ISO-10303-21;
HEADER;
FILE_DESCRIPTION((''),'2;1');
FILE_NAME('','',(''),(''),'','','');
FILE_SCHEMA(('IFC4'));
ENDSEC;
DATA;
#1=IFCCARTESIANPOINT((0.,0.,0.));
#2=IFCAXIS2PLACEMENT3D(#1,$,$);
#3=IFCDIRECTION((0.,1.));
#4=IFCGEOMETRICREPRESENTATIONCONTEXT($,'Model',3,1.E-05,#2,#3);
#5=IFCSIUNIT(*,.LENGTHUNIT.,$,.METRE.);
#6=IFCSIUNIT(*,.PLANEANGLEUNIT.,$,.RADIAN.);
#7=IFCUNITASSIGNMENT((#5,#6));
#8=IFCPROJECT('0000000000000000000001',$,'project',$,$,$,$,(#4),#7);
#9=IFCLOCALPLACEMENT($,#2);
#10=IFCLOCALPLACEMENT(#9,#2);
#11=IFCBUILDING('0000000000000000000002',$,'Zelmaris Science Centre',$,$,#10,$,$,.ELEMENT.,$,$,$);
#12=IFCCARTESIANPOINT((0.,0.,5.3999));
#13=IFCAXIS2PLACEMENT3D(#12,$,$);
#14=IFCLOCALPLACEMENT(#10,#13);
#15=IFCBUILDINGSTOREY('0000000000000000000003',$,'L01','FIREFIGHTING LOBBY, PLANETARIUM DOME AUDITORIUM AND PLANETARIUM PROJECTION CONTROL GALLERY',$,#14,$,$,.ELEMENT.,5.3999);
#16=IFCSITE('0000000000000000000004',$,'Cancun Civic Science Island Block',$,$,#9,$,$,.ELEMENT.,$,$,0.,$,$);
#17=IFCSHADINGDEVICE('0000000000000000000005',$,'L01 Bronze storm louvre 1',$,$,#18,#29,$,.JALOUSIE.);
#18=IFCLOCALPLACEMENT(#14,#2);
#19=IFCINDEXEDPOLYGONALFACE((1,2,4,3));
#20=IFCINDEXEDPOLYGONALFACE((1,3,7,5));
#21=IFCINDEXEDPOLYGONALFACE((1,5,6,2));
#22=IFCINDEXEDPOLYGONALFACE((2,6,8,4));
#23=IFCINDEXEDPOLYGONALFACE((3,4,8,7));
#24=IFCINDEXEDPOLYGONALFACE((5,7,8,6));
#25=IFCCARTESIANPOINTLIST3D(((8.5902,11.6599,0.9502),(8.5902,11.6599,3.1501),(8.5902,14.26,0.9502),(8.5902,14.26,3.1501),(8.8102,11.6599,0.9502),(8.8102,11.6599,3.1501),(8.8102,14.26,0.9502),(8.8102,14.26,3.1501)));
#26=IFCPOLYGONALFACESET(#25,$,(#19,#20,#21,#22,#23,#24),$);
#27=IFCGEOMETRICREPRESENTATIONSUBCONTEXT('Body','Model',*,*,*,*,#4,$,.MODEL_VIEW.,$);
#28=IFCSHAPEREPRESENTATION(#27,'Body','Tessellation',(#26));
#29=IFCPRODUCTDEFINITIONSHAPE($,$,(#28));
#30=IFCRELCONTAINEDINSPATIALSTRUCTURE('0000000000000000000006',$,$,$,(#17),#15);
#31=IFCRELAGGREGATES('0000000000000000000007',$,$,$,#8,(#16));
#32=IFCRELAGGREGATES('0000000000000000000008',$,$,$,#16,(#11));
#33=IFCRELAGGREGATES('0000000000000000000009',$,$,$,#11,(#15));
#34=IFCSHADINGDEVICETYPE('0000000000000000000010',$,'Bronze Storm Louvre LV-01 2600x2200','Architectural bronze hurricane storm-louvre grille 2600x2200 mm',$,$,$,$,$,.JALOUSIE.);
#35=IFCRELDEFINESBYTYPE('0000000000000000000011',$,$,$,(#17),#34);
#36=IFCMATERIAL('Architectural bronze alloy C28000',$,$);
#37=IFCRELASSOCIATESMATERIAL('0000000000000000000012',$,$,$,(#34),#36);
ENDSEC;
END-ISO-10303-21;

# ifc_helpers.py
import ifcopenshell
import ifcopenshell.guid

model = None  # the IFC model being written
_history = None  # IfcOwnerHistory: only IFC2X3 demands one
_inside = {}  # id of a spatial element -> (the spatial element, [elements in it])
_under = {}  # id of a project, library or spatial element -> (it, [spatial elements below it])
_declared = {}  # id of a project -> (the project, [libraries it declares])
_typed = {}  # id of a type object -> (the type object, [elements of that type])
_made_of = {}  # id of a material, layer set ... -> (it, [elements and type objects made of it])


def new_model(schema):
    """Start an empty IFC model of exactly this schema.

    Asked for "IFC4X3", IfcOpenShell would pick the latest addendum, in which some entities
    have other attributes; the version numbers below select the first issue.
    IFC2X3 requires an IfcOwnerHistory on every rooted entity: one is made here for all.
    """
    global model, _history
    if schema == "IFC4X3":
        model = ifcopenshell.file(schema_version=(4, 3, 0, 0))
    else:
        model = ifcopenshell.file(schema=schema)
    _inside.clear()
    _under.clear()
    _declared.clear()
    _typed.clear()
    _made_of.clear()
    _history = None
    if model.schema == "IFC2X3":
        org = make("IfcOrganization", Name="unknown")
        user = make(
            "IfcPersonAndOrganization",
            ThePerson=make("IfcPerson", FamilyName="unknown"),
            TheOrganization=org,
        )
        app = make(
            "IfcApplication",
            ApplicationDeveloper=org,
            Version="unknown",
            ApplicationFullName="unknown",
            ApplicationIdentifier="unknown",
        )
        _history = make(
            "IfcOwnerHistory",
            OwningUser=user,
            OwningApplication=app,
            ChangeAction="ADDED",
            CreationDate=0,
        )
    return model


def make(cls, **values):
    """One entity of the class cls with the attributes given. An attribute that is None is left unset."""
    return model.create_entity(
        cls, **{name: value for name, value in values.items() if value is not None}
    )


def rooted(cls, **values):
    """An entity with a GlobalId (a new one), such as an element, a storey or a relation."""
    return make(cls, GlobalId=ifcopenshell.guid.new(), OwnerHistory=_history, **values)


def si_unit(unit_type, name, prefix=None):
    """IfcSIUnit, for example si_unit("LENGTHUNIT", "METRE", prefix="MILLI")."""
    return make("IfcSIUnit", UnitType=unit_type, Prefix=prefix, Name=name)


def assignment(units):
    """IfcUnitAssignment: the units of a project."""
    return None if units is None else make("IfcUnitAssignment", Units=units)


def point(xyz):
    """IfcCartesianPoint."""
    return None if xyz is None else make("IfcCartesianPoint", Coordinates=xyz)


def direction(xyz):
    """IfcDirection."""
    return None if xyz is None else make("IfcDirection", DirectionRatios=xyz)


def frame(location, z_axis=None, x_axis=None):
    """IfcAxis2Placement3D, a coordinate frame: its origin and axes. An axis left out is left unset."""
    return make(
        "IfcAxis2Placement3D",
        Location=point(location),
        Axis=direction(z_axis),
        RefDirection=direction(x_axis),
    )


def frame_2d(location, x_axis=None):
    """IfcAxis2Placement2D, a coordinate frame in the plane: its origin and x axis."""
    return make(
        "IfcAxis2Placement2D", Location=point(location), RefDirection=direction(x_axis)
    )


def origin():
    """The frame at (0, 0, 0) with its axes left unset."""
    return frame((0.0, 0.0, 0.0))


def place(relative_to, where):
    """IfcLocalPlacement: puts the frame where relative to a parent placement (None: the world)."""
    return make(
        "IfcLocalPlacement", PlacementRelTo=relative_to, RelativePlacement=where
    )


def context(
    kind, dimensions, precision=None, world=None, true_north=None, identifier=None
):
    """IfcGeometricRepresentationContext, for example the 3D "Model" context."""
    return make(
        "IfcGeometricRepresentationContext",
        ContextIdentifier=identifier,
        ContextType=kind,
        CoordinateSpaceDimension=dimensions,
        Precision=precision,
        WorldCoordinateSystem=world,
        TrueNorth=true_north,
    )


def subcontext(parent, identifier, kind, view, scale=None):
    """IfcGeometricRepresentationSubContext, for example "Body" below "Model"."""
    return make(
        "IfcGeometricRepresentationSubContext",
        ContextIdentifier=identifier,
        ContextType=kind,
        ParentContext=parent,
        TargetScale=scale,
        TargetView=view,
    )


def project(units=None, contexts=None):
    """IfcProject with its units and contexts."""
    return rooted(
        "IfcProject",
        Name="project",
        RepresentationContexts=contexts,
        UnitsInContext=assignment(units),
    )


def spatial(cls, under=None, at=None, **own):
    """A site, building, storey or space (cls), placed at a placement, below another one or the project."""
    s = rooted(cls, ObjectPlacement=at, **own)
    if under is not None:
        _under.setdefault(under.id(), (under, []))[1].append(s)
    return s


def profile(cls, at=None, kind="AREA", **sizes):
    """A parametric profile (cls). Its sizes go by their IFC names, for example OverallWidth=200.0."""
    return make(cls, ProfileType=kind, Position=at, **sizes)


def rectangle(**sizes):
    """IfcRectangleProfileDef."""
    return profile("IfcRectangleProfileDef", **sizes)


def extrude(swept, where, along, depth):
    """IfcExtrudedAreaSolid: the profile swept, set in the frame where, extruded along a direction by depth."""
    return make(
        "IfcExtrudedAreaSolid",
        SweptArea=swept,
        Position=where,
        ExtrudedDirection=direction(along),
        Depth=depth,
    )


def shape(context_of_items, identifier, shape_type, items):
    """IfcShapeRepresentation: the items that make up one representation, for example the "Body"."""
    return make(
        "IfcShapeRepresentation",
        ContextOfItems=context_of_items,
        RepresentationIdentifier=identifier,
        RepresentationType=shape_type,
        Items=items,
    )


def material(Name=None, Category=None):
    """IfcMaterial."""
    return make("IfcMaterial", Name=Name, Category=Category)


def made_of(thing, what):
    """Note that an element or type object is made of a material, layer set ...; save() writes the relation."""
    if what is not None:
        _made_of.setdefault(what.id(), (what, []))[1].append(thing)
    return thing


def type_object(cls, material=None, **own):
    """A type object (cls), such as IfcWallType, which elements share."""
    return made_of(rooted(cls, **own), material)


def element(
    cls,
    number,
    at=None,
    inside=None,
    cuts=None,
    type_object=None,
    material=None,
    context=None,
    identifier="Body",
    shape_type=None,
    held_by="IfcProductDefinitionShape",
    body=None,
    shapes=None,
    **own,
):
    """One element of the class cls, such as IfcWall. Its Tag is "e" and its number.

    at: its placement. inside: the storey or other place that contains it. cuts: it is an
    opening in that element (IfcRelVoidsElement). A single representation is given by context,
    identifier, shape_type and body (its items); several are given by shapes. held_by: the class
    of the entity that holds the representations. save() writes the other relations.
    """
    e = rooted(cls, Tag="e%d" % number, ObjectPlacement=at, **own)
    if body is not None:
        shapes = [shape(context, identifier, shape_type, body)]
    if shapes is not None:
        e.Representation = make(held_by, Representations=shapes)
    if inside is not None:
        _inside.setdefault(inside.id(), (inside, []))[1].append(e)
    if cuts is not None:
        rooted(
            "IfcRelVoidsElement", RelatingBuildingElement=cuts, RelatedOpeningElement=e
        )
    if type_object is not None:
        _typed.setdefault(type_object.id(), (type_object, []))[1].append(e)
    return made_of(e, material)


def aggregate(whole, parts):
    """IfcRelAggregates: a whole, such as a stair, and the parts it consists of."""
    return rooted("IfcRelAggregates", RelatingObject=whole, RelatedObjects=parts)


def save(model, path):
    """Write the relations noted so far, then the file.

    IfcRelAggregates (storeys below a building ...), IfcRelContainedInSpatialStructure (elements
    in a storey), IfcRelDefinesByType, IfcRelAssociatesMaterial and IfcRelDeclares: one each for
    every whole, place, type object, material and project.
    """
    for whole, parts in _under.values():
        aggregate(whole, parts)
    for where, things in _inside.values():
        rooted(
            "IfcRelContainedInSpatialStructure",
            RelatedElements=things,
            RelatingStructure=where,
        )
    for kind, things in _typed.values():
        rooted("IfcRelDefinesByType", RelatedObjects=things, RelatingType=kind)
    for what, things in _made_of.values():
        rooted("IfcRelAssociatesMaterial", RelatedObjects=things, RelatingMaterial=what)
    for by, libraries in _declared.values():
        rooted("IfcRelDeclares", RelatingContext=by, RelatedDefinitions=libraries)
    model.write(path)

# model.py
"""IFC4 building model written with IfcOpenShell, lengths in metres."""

from ifc_helpers import new_model, si_unit, direction, frame, frame_2d, origin, place, context, subcontext, project, spatial, rectangle, extrude, material, type_object, element, save


model = new_model("IFC4")

# Units and contexts
model_context = context("Model", 3, precision=1e-05, world=origin(), true_north=direction((0.0, 1.0)))
body_context = subcontext(model_context, "Body", "Model", "MODEL_VIEW")
ifc_project = project(units=[si_unit("LENGTHUNIT", "METRE"), si_unit("PLANEANGLEUNIT", "RADIAN")], contexts=[model_context])

# Site, building, storey
site_placement = place(None, origin())
site = spatial("IfcSite", under=ifc_project, at=site_placement, Name="Cancun Civic Science Island Block", CompositionType="ELEMENT", RefElevation=0.0)
building_placement = place(site_placement, origin())
building = spatial("IfcBuilding", under=site, at=building_placement, Name="Zelmaris Science Centre", CompositionType="ELEMENT")
storey_placement = place(building_placement, frame((0.0, 0.0, 5.3999)))
storey = spatial("IfcBuildingStorey", under=building, at=storey_placement, Name="L01", Description="FIREFIGHTING LOBBY, PLANETARIUM DOME AUDITORIUM AND PLANETARIUM PROJECTION CONTROL GALLERY", CompositionType="ELEMENT", Elevation=5.3999)

# Shading device
ifc_material_1 = material(Name="Architectural bronze alloy C28000")
shading_device_type = type_object("IfcShadingDeviceType", Name="Bronze Storm Louvre LV-01 2600x2200", Description="Architectural bronze hurricane storm-louvre grille 2600x2200 mm", PredefinedType="JALOUSIE", material=ifc_material_1)
shading_device_placement = place(storey_placement, frame((8.7002, 11.6599, 0.9502), z_axis=(0.0, 0.0, 1.0), x_axis=(0.0, 1.0, 0.0)))
element("IfcShadingDevice", 1, at=shading_device_placement, inside=storey, type_object=shading_device_type, Name="L01 Bronze storm louvre 1", PredefinedType="JALOUSIE", context=body_context, shape_type="SweptSolid", body=[
    extrude(rectangle(XDim=2.6001, YDim=0.22, at=frame_2d((1.3, 0.0))), origin(), (0.0, 0.0, 1.0), 2.2),
])

save(model, "model.ifc")
